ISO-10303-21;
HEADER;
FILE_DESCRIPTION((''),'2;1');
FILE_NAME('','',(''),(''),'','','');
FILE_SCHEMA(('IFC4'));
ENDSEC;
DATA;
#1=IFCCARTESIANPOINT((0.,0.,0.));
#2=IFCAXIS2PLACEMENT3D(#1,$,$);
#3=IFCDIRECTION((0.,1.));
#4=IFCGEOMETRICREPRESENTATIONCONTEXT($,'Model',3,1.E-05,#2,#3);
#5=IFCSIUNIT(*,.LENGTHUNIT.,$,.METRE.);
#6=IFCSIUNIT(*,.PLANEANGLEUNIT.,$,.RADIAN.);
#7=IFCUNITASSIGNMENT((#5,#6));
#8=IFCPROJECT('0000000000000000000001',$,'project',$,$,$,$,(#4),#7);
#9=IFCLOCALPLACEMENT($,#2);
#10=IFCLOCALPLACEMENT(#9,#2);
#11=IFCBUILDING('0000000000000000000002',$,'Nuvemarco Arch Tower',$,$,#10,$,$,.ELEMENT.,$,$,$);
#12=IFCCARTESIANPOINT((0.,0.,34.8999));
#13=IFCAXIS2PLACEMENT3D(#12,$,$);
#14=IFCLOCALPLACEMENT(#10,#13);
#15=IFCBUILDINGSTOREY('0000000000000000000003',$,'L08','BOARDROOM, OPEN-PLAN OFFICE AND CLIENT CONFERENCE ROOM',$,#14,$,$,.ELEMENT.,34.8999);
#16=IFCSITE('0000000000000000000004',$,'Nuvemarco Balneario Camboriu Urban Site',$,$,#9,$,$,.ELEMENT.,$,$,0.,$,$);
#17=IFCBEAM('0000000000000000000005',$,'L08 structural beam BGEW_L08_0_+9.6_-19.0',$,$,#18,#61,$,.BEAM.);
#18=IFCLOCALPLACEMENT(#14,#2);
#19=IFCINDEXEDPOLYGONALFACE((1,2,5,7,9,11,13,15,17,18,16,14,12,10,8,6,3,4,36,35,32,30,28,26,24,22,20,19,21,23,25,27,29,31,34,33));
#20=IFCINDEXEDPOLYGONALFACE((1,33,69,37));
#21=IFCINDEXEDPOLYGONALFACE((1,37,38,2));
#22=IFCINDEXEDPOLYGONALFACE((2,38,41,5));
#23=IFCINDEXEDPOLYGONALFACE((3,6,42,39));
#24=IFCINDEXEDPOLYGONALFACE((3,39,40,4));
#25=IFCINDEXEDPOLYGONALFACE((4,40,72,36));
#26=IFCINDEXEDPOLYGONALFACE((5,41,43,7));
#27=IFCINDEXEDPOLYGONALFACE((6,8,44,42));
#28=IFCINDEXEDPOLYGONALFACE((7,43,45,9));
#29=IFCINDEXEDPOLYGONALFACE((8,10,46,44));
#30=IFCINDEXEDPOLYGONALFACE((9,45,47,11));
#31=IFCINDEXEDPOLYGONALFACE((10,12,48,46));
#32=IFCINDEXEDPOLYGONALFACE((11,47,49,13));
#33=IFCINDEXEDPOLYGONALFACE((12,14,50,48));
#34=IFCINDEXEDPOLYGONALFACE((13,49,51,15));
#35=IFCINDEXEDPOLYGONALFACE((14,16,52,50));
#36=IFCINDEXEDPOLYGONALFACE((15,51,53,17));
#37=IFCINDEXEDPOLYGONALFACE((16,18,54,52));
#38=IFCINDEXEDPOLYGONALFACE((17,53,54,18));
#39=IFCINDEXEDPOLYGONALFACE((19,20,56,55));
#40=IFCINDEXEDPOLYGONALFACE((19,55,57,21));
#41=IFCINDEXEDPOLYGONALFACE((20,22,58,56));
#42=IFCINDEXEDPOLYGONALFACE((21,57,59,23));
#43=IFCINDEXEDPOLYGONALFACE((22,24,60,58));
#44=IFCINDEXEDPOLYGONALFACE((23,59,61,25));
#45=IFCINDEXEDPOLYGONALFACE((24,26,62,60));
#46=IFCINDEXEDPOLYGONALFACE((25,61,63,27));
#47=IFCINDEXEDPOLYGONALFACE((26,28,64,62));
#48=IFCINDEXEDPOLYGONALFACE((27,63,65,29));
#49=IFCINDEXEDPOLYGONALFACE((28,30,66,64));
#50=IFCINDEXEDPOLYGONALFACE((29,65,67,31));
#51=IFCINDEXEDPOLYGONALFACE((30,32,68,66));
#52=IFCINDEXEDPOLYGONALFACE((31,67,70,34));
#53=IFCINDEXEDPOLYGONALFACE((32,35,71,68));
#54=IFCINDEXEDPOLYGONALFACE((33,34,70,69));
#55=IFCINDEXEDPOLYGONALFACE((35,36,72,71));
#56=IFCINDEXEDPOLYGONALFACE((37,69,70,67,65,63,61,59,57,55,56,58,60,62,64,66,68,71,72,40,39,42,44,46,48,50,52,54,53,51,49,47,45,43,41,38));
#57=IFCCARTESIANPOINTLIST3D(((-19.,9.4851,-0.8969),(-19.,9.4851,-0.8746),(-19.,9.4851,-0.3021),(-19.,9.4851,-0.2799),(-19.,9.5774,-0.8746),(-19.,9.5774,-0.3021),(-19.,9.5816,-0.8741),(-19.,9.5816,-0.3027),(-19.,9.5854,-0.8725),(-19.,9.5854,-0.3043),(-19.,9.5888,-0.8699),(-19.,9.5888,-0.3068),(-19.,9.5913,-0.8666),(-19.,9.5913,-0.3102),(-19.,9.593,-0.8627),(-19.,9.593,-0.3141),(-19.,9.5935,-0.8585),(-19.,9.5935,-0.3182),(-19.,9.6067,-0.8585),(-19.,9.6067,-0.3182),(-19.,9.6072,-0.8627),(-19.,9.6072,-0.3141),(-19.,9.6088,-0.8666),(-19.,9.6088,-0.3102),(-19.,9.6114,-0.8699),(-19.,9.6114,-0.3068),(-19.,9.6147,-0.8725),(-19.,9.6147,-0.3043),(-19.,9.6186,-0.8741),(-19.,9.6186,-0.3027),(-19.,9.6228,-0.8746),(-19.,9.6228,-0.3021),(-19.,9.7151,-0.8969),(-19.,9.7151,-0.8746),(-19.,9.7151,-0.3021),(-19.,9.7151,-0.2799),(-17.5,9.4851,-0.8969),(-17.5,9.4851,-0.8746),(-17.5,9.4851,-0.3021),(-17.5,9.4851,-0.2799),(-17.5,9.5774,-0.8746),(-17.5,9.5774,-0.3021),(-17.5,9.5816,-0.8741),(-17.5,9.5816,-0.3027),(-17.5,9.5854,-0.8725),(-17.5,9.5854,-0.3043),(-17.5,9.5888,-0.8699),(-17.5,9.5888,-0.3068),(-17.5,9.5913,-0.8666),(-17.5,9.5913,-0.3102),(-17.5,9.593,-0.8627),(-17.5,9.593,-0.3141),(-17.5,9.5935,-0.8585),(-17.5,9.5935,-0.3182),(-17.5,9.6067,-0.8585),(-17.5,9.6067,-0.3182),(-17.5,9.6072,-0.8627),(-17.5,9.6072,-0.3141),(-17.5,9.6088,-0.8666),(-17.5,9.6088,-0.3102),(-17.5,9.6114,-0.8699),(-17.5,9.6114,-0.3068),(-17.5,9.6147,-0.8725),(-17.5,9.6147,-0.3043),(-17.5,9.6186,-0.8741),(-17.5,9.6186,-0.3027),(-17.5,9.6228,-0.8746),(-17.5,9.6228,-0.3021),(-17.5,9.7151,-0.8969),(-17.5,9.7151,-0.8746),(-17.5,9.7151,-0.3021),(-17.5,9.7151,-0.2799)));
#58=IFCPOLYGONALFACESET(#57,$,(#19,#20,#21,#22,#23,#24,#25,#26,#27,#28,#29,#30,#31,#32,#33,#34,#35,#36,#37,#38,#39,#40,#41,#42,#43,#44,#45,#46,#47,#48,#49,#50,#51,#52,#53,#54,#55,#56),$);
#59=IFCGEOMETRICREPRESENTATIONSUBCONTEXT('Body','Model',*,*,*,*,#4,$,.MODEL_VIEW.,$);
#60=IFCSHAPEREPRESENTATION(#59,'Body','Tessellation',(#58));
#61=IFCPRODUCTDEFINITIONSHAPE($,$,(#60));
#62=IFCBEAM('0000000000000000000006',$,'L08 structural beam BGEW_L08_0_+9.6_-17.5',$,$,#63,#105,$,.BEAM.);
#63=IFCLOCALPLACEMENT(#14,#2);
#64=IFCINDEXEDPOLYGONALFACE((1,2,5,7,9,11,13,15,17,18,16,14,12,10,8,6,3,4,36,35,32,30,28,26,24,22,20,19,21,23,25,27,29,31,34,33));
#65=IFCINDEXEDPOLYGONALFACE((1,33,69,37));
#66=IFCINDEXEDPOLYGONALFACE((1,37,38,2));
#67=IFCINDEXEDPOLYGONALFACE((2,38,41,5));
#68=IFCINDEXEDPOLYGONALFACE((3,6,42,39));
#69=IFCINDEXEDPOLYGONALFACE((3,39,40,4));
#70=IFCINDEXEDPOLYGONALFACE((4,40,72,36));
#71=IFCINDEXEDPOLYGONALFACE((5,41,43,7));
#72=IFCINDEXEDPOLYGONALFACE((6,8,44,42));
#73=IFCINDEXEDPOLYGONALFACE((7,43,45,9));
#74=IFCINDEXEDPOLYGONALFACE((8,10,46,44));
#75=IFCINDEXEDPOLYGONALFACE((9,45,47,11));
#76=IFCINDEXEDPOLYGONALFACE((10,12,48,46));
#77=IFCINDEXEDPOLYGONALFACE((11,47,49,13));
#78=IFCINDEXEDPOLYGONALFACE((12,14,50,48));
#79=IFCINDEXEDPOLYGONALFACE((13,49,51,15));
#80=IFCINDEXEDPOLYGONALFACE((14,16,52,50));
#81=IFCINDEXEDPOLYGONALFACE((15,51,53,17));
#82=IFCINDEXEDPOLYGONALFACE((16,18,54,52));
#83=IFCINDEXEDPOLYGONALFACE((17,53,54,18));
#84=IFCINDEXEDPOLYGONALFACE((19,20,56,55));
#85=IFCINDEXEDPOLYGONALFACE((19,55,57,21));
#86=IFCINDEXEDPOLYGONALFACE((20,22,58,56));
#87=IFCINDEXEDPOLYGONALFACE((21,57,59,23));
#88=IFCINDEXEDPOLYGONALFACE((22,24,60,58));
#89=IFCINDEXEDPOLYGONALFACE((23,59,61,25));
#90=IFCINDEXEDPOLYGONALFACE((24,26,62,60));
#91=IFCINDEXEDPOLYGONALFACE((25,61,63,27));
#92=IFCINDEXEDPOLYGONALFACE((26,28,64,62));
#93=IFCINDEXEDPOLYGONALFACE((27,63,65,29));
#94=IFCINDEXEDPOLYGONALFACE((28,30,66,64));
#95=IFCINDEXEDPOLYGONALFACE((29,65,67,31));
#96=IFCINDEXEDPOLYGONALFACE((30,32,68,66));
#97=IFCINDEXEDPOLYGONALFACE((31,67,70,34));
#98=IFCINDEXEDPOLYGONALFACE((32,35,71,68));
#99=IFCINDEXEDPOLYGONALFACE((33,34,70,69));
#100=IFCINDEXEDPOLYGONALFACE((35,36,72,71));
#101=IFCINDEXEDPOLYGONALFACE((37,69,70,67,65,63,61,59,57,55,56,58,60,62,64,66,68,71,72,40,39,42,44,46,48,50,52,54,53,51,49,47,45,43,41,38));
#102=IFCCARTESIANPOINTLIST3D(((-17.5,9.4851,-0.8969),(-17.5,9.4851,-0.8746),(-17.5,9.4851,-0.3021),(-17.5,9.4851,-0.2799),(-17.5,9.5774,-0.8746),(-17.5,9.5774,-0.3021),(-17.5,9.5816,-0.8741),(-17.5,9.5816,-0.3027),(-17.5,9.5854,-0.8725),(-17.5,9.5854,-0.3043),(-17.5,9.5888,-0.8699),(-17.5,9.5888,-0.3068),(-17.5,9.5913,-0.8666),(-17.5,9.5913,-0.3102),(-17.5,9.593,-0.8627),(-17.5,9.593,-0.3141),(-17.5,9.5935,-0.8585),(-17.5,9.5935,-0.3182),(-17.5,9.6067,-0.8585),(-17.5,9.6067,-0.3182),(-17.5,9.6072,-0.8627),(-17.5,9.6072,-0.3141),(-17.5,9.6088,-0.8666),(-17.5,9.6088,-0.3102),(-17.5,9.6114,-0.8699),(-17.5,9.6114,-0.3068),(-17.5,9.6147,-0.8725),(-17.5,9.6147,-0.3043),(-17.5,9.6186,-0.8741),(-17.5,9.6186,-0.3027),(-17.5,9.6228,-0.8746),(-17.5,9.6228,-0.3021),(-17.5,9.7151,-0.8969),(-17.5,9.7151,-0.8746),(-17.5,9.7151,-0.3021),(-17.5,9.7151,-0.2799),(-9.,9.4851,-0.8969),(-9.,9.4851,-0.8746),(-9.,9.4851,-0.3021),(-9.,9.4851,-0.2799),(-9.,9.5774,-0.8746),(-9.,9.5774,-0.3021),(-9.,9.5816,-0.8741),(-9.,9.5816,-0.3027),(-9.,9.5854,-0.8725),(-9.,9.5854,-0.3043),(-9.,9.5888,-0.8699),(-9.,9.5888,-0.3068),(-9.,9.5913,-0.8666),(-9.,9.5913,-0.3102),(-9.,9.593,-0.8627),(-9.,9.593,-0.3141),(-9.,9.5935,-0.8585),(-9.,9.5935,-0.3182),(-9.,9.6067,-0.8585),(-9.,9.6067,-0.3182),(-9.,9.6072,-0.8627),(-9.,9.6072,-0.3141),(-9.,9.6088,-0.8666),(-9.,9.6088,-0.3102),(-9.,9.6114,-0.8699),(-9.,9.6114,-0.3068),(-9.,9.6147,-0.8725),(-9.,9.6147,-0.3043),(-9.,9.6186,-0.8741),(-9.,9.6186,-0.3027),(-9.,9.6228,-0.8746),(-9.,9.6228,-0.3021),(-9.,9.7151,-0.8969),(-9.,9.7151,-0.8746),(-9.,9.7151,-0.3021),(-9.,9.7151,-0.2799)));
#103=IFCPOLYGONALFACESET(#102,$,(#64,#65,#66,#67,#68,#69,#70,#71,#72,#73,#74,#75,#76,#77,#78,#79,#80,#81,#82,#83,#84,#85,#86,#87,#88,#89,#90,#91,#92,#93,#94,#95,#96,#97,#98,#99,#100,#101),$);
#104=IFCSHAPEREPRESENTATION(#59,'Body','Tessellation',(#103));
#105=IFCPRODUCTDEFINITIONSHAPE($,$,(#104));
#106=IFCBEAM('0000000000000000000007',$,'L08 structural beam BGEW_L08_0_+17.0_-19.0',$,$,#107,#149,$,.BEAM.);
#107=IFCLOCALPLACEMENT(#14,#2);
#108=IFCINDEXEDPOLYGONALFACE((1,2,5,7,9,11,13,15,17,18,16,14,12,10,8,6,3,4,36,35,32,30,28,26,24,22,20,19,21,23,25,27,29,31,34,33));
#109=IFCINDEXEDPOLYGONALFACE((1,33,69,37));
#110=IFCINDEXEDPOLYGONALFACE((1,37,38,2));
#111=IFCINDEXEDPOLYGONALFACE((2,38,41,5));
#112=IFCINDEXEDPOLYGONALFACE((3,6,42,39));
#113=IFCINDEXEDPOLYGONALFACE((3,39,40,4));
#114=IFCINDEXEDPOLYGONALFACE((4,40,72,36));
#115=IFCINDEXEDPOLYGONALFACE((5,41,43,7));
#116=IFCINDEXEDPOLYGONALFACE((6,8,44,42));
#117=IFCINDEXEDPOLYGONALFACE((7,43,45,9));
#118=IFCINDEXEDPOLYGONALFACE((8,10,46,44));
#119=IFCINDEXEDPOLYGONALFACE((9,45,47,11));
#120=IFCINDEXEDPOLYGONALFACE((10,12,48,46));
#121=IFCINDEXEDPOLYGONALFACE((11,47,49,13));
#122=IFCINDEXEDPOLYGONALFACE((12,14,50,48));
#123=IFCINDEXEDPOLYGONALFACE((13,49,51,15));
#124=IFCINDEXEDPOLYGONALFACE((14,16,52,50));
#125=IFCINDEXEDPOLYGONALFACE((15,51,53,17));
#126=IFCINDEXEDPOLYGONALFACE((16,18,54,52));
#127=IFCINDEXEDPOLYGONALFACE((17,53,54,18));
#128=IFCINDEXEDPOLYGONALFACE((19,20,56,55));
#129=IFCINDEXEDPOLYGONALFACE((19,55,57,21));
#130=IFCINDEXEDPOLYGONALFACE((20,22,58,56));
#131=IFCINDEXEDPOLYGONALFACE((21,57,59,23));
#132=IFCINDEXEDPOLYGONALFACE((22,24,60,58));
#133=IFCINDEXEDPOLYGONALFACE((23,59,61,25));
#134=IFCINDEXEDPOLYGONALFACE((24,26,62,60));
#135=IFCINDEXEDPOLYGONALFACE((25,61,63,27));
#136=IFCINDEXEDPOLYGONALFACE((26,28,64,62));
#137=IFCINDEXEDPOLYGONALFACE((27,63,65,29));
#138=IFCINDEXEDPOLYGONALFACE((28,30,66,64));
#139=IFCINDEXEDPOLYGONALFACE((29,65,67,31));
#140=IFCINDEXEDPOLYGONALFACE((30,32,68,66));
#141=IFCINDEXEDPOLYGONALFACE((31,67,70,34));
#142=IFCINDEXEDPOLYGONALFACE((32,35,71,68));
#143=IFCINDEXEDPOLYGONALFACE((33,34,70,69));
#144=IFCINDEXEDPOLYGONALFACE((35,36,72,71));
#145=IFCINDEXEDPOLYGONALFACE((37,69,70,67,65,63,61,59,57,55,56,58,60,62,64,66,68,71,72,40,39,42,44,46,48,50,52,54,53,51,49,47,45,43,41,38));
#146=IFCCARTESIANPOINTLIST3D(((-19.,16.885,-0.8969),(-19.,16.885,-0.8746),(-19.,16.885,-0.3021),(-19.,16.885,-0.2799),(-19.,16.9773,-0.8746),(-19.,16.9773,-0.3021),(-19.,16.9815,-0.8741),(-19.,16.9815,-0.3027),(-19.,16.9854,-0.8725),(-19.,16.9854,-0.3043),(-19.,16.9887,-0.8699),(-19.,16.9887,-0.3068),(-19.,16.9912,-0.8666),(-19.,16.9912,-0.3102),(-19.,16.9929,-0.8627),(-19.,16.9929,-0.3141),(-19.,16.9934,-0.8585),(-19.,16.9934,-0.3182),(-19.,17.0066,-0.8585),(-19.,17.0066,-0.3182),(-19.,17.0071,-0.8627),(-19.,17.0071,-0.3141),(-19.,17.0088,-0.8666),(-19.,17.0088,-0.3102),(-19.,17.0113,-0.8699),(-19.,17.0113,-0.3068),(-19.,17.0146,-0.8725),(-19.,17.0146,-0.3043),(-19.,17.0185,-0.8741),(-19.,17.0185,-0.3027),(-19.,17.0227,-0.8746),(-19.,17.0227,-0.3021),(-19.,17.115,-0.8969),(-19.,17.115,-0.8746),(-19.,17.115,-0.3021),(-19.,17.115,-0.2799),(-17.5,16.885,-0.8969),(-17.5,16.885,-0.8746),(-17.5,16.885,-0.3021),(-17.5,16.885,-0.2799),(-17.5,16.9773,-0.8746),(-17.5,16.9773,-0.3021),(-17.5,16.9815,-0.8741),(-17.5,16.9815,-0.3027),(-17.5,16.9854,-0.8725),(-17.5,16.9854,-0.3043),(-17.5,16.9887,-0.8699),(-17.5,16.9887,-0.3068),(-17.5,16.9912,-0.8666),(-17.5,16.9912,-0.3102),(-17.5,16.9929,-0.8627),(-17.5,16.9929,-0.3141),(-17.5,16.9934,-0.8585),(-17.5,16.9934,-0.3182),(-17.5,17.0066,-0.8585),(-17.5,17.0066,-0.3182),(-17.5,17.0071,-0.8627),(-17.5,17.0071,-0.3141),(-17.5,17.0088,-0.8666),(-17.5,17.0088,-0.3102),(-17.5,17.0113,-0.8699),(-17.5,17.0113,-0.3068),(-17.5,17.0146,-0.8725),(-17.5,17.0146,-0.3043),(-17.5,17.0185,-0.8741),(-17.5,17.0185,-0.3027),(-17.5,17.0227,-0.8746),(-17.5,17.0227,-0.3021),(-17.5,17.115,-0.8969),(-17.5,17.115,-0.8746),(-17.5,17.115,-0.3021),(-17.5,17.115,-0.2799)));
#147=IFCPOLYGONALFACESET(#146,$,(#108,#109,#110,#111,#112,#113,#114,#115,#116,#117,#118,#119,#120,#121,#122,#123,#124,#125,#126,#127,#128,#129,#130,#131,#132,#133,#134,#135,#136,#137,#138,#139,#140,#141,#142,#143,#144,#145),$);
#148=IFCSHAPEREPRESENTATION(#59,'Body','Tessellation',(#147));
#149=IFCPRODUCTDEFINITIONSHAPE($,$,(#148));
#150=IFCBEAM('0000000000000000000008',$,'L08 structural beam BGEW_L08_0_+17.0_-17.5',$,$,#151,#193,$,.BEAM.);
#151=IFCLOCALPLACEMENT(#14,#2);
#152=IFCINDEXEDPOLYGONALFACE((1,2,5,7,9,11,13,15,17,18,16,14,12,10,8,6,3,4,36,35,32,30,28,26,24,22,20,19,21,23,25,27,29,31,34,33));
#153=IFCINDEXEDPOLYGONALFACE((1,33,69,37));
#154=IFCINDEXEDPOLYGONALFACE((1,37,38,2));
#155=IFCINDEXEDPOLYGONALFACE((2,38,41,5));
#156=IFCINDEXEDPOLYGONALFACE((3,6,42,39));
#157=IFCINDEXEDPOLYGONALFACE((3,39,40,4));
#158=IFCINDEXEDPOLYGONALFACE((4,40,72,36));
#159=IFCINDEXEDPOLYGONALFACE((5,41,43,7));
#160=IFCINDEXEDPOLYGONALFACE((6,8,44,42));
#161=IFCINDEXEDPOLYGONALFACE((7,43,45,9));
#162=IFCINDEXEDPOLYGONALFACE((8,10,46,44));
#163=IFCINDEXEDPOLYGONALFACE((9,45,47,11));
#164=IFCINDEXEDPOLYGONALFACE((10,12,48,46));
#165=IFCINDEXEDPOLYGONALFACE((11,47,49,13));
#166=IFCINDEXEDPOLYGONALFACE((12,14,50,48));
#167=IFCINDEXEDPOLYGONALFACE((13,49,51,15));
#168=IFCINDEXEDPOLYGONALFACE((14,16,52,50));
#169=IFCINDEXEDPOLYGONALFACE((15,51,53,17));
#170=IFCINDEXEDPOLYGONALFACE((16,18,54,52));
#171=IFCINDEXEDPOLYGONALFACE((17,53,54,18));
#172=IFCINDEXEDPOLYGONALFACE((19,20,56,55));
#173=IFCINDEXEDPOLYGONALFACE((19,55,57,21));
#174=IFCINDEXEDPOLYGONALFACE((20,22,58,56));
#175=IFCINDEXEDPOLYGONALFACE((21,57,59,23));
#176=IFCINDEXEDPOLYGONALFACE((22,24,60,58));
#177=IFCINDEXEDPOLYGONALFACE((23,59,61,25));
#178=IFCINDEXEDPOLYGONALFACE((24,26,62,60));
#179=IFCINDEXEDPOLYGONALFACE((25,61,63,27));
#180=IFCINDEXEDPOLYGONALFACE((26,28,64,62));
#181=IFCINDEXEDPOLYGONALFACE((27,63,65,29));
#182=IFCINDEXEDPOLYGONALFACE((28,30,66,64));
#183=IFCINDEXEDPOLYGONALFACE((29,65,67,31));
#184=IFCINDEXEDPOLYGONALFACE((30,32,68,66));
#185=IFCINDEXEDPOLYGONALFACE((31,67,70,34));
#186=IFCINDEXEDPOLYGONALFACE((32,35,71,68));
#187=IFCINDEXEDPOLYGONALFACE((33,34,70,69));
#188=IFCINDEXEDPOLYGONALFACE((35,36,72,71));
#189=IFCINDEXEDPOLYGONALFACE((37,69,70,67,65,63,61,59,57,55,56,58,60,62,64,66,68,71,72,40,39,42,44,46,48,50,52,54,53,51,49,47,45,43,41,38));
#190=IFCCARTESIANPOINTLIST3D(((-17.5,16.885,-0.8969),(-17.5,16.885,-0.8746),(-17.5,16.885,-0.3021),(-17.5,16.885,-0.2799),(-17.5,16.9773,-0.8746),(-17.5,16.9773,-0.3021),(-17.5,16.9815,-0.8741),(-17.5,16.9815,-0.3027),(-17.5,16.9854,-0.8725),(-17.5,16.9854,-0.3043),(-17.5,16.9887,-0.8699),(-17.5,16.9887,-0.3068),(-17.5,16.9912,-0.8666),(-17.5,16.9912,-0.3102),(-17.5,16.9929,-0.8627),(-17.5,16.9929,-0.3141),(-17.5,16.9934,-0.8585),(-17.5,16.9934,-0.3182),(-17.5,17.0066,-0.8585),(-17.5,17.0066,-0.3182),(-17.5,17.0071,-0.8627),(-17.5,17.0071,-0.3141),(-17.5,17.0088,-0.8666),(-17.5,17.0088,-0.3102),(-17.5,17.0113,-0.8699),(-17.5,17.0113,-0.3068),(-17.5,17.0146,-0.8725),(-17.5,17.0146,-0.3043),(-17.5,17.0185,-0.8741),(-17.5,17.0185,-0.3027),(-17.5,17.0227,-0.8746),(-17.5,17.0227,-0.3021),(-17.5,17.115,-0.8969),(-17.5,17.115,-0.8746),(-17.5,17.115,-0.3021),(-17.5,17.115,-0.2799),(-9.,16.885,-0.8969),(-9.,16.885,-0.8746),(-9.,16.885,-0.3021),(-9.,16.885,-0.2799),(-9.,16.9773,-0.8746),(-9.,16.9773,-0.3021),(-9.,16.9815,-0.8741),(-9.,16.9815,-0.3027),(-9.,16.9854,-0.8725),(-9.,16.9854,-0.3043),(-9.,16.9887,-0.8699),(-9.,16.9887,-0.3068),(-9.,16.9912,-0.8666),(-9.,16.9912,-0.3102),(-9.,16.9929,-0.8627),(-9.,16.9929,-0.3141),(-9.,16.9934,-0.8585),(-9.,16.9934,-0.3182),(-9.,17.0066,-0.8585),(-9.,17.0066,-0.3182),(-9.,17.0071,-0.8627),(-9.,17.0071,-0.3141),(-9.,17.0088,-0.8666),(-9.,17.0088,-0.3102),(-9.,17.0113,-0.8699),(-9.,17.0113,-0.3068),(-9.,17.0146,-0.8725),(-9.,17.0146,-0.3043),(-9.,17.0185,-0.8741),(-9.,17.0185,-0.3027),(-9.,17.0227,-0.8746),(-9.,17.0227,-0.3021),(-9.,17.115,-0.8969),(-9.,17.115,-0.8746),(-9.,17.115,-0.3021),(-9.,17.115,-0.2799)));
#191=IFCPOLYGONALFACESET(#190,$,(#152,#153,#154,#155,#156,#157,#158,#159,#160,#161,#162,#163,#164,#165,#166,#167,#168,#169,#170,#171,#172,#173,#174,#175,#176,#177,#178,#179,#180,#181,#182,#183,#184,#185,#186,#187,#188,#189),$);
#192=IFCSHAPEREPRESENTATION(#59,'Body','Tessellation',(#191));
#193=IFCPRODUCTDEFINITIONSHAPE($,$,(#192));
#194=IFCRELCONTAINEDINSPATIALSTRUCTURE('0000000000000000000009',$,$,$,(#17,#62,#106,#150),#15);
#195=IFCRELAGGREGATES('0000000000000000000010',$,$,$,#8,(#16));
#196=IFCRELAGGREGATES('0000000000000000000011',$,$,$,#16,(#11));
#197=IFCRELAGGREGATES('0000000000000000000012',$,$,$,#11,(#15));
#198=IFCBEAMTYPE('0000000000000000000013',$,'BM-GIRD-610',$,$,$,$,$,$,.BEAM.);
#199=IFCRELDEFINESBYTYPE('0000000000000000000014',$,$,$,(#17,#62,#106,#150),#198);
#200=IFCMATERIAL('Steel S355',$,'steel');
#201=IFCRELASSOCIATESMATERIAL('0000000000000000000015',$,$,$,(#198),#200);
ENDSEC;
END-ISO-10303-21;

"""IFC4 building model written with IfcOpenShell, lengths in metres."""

from ifc_helpers import new_model, si_unit, direction, frame, origin, origin_2d, place, context, subcontext, project, spatial, i_section, extrude, material, material_profile, profile_set, type_object, element, save


model = new_model("IFC4")

# Units and contexts
model_context = context("Model", 3, precision=1e-05, world=origin(), true_north=direction((0.0, 1.0)))
body_context = subcontext(model_context, "Body", "Model", "MODEL_VIEW")
ifc_project = project(units=[si_unit("LENGTHUNIT", "METRE"), si_unit("PLANEANGLEUNIT", "RADIAN")], contexts=[model_context])

# Site, building, storey
site_placement = place(None, origin())
site = spatial("IfcSite", under=ifc_project, at=site_placement, Name="Nuvemarco Balneario Camboriu Urban Site", CompositionType="ELEMENT", RefElevation=0.0)
building_placement = place(site_placement, origin())
building = spatial("IfcBuilding", under=site, at=building_placement, Name="Nuvemarco Arch Tower", CompositionType="ELEMENT")
storey_placement = place(building_placement, frame((0.0, 0.0, 34.8999)))
storey = spatial("IfcBuildingStorey", under=building, at=storey_placement, Name="L08", Description="BOARDROOM, OPEN-PLAN OFFICE AND CLIENT CONFERENCE ROOM", CompositionType="ELEMENT", Elevation=34.8999)

# Shared definitions
ifc_material_1 = material(Name="Steel S355", Category="steel")

# Beams
ifc_material_profile_1 = material_profile(ifc_material_1, i_section(OverallWidth=0.23, OverallDepth=0.6169, WebThickness=0.0132, FlangeThickness=0.0222, FilletRadius=0.0161, at=origin_2d()), Name="W610x140")
ifc_profile_set_1 = profile_set([ifc_material_profile_1], Name="Steel S355")
beam_type_1 = type_object("IfcBeamType", Name="BM-GIRD-610", PredefinedType="BEAM", material=ifc_profile_set_1)
beam_1_placement = place(storey_placement, frame((-19.0, 9.6001, -0.5884), z_axis=(1.0, 0.0, 0.0), x_axis=(0.0, 1.0, 0.0)))
element("IfcBeam", 1, at=beam_1_placement, inside=storey, type_object=beam_type_1, Name="L08 structural beam BGEW_L08_0_+9.6_-19.0", PredefinedType="BEAM", context=body_context, shape_type="SweptSolid", body=[
    extrude(i_section(OverallWidth=0.23, OverallDepth=0.6169, WebThickness=0.0132, FlangeThickness=0.0222, FilletRadius=0.0161, at=origin_2d()), origin(), (0.0, 0.0, 1.0), 1.5),
])
beam_2_placement = place(storey_placement, frame((-17.5, 9.6001, -0.5884), z_axis=(1.0, 0.0, 0.0), x_axis=(0.0, 1.0, 0.0)))
element("IfcBeam", 2, at=beam_2_placement, inside=storey, type_object=beam_type_1, Name="L08 structural beam BGEW_L08_0_+9.6_-17.5", PredefinedType="BEAM", context=body_context, shape_type="SweptSolid", body=[
    extrude(i_section(OverallWidth=0.23, OverallDepth=0.6169, WebThickness=0.0132, FlangeThickness=0.0222, FilletRadius=0.0161, at=origin_2d()), origin(), (0.0, 0.0, 1.0), 8.5),
])
beam_3_placement = place(storey_placement, frame((-19.0, 17.0, -0.5884), z_axis=(1.0, 0.0, 0.0), x_axis=(0.0, 1.0, 0.0)))
element("IfcBeam", 3, at=beam_3_placement, inside=storey, type_object=beam_type_1, Name="L08 structural beam BGEW_L08_0_+17.0_-19.0", PredefinedType="BEAM", context=body_context, shape_type="SweptSolid", body=[
    extrude(i_section(OverallWidth=0.23, OverallDepth=0.6169, WebThickness=0.0132, FlangeThickness=0.0222, FilletRadius=0.0161, at=origin_2d()), origin(), (0.0, 0.0, 1.0), 1.5),
])
beam_4_placement = place(storey_placement, frame((-17.5, 17.0, -0.5884), z_axis=(1.0, 0.0, 0.0), x_axis=(0.0, 1.0, 0.0)))
element("IfcBeam", 4, at=beam_4_placement, inside=storey, type_object=beam_type_1, Name="L08 structural beam BGEW_L08_0_+17.0_-17.5", PredefinedType="BEAM", context=body_context, shape_type="SweptSolid", body=[
    extrude(i_section(OverallWidth=0.23, OverallDepth=0.6169, WebThickness=0.0132, FlangeThickness=0.0222, FilletRadius=0.0161, at=origin_2d()), origin(), (0.0, 0.0, 1.0), 8.5),
])

save(model, "model.ifc")
